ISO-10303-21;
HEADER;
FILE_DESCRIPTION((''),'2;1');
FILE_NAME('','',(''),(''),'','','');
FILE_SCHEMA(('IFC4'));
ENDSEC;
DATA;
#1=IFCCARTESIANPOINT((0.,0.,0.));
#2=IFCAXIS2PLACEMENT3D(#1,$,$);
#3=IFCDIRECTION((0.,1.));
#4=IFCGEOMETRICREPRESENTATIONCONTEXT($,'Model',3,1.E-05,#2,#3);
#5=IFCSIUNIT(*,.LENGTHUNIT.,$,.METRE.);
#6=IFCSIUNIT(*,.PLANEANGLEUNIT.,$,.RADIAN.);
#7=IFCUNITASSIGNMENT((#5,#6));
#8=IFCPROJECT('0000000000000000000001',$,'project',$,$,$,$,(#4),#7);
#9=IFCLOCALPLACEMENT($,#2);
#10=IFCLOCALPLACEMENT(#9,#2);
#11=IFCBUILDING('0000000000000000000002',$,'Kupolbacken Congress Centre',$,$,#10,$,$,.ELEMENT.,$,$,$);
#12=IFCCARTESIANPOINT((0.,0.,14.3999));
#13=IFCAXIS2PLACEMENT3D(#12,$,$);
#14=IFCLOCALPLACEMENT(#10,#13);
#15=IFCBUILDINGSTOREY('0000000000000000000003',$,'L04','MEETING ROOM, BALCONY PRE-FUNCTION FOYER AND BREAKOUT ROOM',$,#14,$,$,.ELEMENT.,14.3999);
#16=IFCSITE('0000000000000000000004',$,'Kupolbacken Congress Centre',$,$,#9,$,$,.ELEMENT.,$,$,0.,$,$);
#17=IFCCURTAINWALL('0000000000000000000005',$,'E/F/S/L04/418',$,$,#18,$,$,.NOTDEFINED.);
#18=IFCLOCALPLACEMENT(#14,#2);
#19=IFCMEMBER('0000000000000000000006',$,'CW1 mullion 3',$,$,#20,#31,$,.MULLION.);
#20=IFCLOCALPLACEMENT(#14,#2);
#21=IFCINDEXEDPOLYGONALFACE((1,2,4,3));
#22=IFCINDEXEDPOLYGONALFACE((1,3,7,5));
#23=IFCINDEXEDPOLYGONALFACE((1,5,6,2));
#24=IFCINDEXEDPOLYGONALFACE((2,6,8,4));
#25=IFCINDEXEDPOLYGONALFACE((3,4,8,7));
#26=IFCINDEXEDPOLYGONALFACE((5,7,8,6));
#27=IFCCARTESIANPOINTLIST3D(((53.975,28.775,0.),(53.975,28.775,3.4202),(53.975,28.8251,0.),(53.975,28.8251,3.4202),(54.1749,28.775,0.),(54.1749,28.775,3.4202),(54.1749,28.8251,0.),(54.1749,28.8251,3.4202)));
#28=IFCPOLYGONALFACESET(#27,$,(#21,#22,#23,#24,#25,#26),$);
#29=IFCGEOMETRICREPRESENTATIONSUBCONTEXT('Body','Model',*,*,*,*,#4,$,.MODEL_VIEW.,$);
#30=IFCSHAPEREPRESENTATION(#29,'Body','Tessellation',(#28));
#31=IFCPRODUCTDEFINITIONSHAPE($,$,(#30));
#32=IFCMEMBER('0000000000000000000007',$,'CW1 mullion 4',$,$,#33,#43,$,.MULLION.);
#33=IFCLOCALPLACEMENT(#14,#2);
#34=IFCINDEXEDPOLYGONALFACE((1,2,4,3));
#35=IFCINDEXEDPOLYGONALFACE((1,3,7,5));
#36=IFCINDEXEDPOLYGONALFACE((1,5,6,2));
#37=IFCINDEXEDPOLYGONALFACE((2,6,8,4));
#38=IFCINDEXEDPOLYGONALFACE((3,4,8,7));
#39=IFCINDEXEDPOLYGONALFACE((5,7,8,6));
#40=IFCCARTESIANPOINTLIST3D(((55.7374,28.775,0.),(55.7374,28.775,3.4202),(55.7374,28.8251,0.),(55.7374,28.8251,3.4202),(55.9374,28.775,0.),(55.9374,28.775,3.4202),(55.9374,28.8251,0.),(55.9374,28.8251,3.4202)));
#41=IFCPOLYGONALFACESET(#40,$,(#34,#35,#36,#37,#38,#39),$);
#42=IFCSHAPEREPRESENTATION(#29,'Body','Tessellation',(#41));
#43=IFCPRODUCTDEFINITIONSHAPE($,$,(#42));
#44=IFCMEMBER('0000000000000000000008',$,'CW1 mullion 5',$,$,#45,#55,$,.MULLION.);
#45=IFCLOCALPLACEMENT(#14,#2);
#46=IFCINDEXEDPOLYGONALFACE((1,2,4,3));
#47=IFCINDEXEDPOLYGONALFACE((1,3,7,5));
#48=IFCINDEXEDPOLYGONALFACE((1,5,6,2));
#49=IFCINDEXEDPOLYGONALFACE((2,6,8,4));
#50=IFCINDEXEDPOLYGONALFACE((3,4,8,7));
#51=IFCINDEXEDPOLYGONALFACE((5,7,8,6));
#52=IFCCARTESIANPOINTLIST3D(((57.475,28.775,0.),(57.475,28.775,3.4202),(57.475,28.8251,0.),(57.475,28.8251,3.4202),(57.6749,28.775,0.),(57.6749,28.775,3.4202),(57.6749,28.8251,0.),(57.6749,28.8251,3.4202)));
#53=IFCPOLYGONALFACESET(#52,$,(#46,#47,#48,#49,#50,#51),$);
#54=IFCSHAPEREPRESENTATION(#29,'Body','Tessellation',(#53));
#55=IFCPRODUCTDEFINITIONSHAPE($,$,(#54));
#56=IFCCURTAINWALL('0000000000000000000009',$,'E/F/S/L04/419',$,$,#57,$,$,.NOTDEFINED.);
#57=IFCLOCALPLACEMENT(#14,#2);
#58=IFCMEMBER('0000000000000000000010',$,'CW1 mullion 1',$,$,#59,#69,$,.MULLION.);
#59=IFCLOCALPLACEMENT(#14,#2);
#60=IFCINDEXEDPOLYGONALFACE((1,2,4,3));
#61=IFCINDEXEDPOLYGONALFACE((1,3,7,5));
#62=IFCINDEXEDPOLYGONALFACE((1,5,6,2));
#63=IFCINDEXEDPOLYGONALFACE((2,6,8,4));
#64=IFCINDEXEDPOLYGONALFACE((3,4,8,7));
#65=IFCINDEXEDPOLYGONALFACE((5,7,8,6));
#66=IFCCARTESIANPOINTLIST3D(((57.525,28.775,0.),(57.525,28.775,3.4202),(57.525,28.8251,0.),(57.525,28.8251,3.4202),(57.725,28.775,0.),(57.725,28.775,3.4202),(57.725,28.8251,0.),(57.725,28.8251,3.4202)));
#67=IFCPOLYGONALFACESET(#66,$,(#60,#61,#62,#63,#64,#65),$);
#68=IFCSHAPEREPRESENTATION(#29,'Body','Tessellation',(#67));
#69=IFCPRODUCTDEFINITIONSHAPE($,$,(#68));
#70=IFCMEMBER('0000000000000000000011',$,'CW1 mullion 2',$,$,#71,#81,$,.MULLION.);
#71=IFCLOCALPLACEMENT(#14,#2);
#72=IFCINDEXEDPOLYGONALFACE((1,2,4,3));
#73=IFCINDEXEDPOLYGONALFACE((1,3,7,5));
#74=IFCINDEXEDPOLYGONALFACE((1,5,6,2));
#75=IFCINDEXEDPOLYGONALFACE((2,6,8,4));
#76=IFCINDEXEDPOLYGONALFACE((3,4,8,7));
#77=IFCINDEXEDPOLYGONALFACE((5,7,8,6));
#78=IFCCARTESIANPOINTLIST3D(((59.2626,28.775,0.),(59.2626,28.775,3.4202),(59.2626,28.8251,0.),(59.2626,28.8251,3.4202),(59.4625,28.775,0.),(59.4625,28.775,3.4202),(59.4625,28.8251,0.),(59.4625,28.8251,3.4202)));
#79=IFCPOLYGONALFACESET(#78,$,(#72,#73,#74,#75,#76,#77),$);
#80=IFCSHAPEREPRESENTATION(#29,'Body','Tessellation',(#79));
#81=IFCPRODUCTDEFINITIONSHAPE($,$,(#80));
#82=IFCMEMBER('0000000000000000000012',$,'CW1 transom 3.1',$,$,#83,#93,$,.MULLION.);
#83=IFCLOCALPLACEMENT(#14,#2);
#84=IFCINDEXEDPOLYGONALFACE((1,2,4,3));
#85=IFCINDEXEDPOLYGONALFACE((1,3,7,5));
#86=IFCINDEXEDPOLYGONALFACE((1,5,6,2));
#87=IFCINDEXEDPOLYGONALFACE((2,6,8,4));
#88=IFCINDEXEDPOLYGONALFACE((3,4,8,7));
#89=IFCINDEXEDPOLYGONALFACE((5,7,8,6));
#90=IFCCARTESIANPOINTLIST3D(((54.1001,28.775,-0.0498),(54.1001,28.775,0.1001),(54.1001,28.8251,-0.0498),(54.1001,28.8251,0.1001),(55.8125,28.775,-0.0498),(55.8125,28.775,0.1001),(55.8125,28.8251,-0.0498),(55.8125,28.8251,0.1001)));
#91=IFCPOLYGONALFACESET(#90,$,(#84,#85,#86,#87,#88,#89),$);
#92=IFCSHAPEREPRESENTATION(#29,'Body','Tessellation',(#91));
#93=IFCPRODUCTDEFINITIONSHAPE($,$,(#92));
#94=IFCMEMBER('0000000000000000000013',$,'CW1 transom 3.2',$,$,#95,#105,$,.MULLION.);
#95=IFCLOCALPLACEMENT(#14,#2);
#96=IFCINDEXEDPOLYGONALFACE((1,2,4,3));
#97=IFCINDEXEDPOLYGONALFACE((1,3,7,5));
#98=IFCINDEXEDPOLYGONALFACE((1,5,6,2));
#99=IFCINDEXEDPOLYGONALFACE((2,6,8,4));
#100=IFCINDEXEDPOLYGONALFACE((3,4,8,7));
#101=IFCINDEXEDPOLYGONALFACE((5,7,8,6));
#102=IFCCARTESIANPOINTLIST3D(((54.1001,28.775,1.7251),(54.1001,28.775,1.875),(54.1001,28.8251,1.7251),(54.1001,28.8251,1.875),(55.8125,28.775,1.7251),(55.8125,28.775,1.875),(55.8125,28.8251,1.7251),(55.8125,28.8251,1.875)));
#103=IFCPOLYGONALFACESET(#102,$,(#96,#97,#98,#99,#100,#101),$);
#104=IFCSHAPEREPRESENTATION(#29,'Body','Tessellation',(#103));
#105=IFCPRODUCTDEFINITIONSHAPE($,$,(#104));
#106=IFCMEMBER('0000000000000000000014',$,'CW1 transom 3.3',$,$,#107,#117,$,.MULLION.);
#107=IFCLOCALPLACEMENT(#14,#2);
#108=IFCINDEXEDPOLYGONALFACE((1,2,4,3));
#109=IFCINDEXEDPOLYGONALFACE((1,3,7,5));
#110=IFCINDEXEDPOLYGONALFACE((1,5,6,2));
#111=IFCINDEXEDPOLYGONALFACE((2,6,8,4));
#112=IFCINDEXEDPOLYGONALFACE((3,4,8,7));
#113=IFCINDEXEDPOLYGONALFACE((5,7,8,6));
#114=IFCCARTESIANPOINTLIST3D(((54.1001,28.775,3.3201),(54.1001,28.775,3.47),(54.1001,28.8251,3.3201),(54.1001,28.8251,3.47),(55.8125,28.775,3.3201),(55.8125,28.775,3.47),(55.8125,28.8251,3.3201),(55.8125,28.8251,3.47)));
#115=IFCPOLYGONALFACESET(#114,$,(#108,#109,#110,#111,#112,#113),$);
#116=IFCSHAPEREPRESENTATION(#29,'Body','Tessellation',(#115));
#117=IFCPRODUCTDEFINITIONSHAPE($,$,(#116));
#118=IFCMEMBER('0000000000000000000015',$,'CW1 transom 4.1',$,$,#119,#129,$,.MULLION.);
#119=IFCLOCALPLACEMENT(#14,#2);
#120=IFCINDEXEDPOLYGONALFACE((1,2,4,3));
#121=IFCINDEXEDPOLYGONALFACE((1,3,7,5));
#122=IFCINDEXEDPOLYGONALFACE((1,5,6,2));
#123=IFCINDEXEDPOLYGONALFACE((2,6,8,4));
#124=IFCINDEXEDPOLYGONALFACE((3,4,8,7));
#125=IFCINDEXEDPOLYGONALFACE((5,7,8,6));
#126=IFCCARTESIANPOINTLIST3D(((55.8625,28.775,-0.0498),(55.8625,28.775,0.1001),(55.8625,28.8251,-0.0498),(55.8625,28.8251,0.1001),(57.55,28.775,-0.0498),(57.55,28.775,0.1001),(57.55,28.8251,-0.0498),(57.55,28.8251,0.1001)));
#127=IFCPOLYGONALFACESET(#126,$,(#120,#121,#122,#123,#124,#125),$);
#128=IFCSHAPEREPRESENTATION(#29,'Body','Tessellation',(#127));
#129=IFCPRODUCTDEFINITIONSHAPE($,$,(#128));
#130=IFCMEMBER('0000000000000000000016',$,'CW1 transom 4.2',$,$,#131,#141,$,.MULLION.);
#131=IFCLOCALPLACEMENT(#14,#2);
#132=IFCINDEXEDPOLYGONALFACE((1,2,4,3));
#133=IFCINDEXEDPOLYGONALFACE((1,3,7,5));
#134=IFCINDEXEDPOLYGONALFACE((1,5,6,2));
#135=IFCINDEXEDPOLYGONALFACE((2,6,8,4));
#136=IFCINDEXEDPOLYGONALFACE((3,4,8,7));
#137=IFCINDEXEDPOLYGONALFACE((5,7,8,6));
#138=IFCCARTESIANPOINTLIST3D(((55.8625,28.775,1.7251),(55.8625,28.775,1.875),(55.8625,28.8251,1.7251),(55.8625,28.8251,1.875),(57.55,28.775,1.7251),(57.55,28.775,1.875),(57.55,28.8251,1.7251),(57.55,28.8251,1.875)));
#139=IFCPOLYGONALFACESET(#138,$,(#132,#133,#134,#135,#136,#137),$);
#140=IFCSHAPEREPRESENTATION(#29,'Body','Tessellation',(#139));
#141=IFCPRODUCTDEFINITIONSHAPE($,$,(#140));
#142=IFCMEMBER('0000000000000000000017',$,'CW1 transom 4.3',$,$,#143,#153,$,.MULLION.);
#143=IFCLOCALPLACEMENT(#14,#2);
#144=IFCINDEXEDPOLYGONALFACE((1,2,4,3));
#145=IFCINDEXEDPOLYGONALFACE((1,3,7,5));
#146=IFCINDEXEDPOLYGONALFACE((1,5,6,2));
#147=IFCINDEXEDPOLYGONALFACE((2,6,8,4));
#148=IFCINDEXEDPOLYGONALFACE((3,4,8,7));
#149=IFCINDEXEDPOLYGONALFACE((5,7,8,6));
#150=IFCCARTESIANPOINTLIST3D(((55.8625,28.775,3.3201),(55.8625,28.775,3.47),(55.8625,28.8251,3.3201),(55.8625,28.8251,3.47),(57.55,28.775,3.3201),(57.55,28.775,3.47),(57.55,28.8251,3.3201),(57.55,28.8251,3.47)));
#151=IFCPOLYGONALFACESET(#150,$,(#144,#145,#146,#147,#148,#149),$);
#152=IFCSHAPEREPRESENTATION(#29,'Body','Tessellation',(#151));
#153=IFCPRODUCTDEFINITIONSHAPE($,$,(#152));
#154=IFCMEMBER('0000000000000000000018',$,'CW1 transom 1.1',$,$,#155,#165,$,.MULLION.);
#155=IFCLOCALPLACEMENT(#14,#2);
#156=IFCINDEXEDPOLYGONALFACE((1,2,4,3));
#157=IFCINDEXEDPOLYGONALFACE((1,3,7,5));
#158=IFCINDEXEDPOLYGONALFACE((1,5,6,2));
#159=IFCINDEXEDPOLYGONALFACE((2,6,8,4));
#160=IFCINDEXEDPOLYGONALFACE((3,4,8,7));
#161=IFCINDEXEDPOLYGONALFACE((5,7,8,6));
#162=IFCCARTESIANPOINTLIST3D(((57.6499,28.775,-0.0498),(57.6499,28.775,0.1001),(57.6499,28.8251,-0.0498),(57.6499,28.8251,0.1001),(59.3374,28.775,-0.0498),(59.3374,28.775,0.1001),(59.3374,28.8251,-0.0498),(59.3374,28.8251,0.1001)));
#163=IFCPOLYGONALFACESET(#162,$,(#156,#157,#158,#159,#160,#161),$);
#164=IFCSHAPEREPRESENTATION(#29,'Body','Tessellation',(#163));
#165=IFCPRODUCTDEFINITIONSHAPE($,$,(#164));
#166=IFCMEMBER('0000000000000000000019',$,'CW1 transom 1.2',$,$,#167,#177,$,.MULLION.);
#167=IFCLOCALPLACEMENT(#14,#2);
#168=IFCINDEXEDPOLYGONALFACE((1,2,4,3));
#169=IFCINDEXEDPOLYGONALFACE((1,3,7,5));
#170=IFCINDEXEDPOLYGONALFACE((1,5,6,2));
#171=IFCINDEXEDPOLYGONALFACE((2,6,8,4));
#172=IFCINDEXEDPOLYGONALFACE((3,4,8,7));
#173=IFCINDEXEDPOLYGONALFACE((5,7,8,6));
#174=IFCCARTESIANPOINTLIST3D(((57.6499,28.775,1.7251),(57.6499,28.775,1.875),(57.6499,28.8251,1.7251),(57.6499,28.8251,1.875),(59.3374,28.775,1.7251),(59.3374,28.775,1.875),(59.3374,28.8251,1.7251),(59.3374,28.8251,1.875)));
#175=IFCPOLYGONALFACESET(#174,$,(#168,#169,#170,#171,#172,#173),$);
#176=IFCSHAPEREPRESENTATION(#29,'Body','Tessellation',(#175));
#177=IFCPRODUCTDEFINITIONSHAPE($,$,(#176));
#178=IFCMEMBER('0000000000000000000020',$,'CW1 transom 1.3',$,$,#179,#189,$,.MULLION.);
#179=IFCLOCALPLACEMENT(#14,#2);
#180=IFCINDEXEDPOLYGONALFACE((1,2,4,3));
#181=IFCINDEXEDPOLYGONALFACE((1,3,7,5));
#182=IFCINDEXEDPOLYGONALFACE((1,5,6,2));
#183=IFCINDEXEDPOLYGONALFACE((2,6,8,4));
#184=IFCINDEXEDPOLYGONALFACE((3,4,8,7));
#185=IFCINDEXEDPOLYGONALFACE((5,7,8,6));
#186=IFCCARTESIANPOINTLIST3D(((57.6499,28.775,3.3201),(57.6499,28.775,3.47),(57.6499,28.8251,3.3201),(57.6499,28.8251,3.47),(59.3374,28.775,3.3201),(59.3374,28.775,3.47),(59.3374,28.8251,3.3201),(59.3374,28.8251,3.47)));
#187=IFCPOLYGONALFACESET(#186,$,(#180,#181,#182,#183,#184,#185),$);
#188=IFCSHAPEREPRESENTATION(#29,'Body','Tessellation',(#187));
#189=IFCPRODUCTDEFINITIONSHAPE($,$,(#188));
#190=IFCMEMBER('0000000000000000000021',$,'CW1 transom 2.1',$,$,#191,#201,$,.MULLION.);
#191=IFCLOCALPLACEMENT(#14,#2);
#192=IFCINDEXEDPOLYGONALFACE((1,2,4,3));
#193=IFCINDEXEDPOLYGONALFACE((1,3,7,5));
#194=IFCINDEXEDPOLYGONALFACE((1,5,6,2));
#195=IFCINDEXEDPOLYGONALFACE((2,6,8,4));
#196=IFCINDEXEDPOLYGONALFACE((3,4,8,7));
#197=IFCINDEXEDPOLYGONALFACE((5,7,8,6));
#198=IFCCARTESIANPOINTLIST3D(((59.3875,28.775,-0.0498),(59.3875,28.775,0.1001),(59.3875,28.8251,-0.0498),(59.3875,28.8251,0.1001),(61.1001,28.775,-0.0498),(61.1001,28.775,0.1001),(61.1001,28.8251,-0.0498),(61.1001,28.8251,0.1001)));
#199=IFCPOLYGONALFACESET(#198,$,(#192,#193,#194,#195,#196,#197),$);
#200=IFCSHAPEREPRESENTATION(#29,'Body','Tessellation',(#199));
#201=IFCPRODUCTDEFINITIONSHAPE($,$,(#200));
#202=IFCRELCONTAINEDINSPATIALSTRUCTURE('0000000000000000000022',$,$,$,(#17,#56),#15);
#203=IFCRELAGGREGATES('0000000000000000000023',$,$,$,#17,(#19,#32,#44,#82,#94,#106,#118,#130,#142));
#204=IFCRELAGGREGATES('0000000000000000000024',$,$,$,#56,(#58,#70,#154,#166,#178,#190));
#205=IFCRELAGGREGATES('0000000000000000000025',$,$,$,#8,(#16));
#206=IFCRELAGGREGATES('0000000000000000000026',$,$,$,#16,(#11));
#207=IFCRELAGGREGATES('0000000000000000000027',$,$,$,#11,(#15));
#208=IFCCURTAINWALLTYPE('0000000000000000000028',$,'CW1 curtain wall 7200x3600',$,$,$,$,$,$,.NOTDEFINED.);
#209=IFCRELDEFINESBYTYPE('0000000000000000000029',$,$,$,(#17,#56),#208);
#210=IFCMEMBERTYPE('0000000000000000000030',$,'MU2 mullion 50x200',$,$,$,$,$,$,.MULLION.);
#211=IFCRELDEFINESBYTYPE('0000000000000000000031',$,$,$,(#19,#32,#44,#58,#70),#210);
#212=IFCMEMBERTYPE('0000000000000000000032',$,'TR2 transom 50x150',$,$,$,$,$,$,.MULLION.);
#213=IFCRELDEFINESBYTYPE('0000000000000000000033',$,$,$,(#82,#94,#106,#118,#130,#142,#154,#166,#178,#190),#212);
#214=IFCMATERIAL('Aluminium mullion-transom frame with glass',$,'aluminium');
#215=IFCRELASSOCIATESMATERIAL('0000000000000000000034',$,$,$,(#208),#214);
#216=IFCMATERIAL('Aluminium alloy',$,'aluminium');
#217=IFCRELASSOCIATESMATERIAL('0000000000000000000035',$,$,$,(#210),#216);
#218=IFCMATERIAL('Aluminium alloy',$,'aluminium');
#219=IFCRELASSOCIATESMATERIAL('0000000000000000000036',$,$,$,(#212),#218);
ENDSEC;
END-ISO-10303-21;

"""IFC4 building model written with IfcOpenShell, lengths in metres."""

from ifc_helpers import new_model, si_unit, direction, frame, origin, origin_2d, place, context, subcontext, project, spatial, rectangle, extrude, material, material_profile, profile_set, type_object, element, aggregate, save


model = new_model("IFC4")

# Units and contexts
model_context = context("Model", 3, precision=1e-05, world=origin(), true_north=direction((0.0, 1.0)))
body_context = subcontext(model_context, "Body", "Model", "MODEL_VIEW")
ifc_project = project(units=[si_unit("LENGTHUNIT", "METRE"), si_unit("PLANEANGLEUNIT", "RADIAN")], contexts=[model_context])

# Site, building, storey
site_placement = place(None, origin())
site = spatial("IfcSite", under=ifc_project, at=site_placement, Name="Kupolbacken Congress Centre", CompositionType="ELEMENT", RefElevation=0.0)
building_placement = place(site_placement, origin())
building = spatial("IfcBuilding", under=site, at=building_placement, Name="Kupolbacken Congress Centre", CompositionType="ELEMENT")
storey_placement = place(building_placement, frame((0.0, 0.0, 14.3999)))
storey = spatial("IfcBuildingStorey", under=building, at=storey_placement, Name="L04", Description="MEETING ROOM, BALCONY PRE-FUNCTION FOYER AND BREAKOUT ROOM", CompositionType="ELEMENT", Elevation=14.3999)

# Curtain walls, members
ifc_material_1 = material(Name="Aluminium mullion-transom frame with glass", Category="aluminium")
curtain_wall_type = type_object("IfcCurtainWallType", Name="CW1 curtain wall 7200x3600", PredefinedType="NOTDEFINED", material=ifc_material_1)
curtain_wall_1_placement = place(storey_placement, origin())
curtain_wall_1 = element("IfcCurtainWall", 1, at=curtain_wall_1_placement, inside=storey, type_object=curtain_wall_type, Name="E/F/S/L04/418", PredefinedType="NOTDEFINED")
ifc_material_2 = material(Name="Aluminium alloy", Category="aluminium")
ifc_material_profile_1 = material_profile(ifc_material_2, rectangle(XDim=0.05, YDim=0.2, at=origin_2d()), Name="50 x 200")
ifc_profile_set_1 = profile_set([ifc_material_profile_1], Name="Aluminium alloy")
member_type_1 = type_object("IfcMemberType", Name="MU2 mullion 50x200", PredefinedType="MULLION", material=ifc_profile_set_1)
member_1_placement = place(storey_placement, frame((54.075, 28.8, 0.0), z_axis=(0.0, 0.0, 1.0), x_axis=(0.0, 1.0, 0.0)))
member_1 = element("IfcMember", 2, at=member_1_placement, type_object=member_type_1, Name="CW1 mullion 3", PredefinedType="MULLION", context=body_context, shape_type="SweptSolid", body=[
    extrude(rectangle(XDim=0.05, YDim=0.2, at=origin_2d()), origin(), (0.0, 0.0, 1.0), 3.4202),
])
member_2_placement = place(storey_placement, frame((55.8374, 28.8, 0.0), z_axis=(0.0, 0.0, 1.0), x_axis=(0.0, 1.0, 0.0)))
member_2 = element("IfcMember", 3, at=member_2_placement, type_object=member_type_1, Name="CW1 mullion 4", PredefinedType="MULLION", context=body_context, shape_type="SweptSolid", body=[
    extrude(rectangle(XDim=0.05, YDim=0.2, at=origin_2d()), origin(), (0.0, 0.0, 1.0), 3.4202),
])
member_3_placement = place(storey_placement, frame((57.575, 28.8, 0.0), z_axis=(0.0, 0.0, 1.0), x_axis=(0.0, 1.0, 0.0)))
member_3 = element("IfcMember", 4, at=member_3_placement, type_object=member_type_1, Name="CW1 mullion 5", PredefinedType="MULLION", context=body_context, shape_type="SweptSolid", body=[
    extrude(rectangle(XDim=0.05, YDim=0.2, at=origin_2d()), origin(), (0.0, 0.0, 1.0), 3.4202),
])
curtain_wall_2_placement = place(storey_placement, origin())
curtain_wall_2 = element("IfcCurtainWall", 5, at=curtain_wall_2_placement, inside=storey, type_object=curtain_wall_type, Name="E/F/S/L04/419", PredefinedType="NOTDEFINED")
member_4_placement = place(storey_placement, frame((57.625, 28.8, 0.0), z_axis=(0.0, 0.0, 1.0), x_axis=(0.0, 1.0, 0.0)))
member_4 = element("IfcMember", 6, at=member_4_placement, type_object=member_type_1, Name="CW1 mullion 1", PredefinedType="MULLION", context=body_context, shape_type="SweptSolid", body=[
    extrude(rectangle(XDim=0.05, YDim=0.2, at=origin_2d()), origin(), (0.0, 0.0, 1.0), 3.4202),
])
member_5_placement = place(storey_placement, frame((59.3625, 28.8, 0.0), z_axis=(0.0, 0.0, 1.0), x_axis=(0.0, 1.0, 0.0)))
member_5 = element("IfcMember", 7, at=member_5_placement, type_object=member_type_1, Name="CW1 mullion 2", PredefinedType="MULLION", context=body_context, shape_type="SweptSolid", body=[
    extrude(rectangle(XDim=0.05, YDim=0.2, at=origin_2d()), origin(), (0.0, 0.0, 1.0), 3.4202),
])

# Members
ifc_material_3 = material(Name="Aluminium alloy", Category="aluminium")
ifc_material_profile_2 = material_profile(ifc_material_3, rectangle(XDim=0.05, YDim=0.1499, at=origin_2d()), Name="50 x 150")
ifc_profile_set_2 = profile_set([ifc_material_profile_2], Name="Aluminium alloy")
member_type_2 = type_object("IfcMemberType", Name="TR2 transom 50x150", PredefinedType="MULLION", material=ifc_profile_set_2)
member_6_placement = place(storey_placement, frame((54.1001, 28.8, 0.0251), z_axis=(1.0, 0.0, 0.0), x_axis=(0.0, 1.0, 0.0)))
member_6 = element("IfcMember", 8, at=member_6_placement, type_object=member_type_2, Name="CW1 transom 3.1", PredefinedType="MULLION", context=body_context, shape_type="SweptSolid", body=[
    extrude(rectangle(XDim=0.05, YDim=0.1499, at=origin_2d()), origin(), (0.0, 0.0, 1.0), 1.7124),
])
member_7_placement = place(storey_placement, frame((54.1001, 28.8, 1.8), z_axis=(1.0, 0.0, 0.0), x_axis=(0.0, 1.0, 0.0)))
member_7 = element("IfcMember", 9, at=member_7_placement, type_object=member_type_2, Name="CW1 transom 3.2", PredefinedType="MULLION", context=body_context, shape_type="SweptSolid", body=[
    extrude(rectangle(XDim=0.05, YDim=0.1499, at=origin_2d()), origin(), (0.0, 0.0, 1.0), 1.7124),
])
member_8_placement = place(storey_placement, frame((54.1001, 28.8, 3.395), z_axis=(1.0, 0.0, 0.0), x_axis=(0.0, 1.0, 0.0)))
member_8 = element("IfcMember", 10, at=member_8_placement, type_object=member_type_2, Name="CW1 transom 3.3", PredefinedType="MULLION", context=body_context, shape_type="SweptSolid", body=[
    extrude(rectangle(XDim=0.05, YDim=0.1499, at=origin_2d()), origin(), (0.0, 0.0, 1.0), 1.7124),
])
member_9_placement = place(storey_placement, frame((55.8625, 28.8, 0.0251), z_axis=(1.0, 0.0, 0.0), x_axis=(0.0, 1.0, 0.0)))
member_9 = element("IfcMember", 11, at=member_9_placement, type_object=member_type_2, Name="CW1 transom 4.1", PredefinedType="MULLION", context=body_context, shape_type="SweptSolid", body=[
    extrude(rectangle(XDim=0.05, YDim=0.1499, at=origin_2d()), origin(), (0.0, 0.0, 1.0), 1.6875),
])
member_10_placement = place(storey_placement, frame((55.8625, 28.8, 1.8), z_axis=(1.0, 0.0, 0.0), x_axis=(0.0, 1.0, 0.0)))
member_10 = element("IfcMember", 12, at=member_10_placement, type_object=member_type_2, Name="CW1 transom 4.2", PredefinedType="MULLION", context=body_context, shape_type="SweptSolid", body=[
    extrude(rectangle(XDim=0.05, YDim=0.1499, at=origin_2d()), origin(), (0.0, 0.0, 1.0), 1.6875),
])
member_11_placement = place(storey_placement, frame((55.8625, 28.8, 3.395), z_axis=(1.0, 0.0, 0.0), x_axis=(0.0, 1.0, 0.0)))
member_11 = element("IfcMember", 13, at=member_11_placement, type_object=member_type_2, Name="CW1 transom 4.3", PredefinedType="MULLION", context=body_context, shape_type="SweptSolid", body=[
    extrude(rectangle(XDim=0.05, YDim=0.1499, at=origin_2d()), origin(), (0.0, 0.0, 1.0), 1.6875),
])
member_12_placement = place(storey_placement, frame((57.6499, 28.8, 0.0251), z_axis=(1.0, 0.0, 0.0), x_axis=(0.0, 1.0, 0.0)))
member_12 = element("IfcMember", 14, at=member_12_placement, type_object=member_type_2, Name="CW1 transom 1.1", PredefinedType="MULLION", context=body_context, shape_type="SweptSolid", body=[
    extrude(rectangle(XDim=0.05, YDim=0.1499, at=origin_2d()), origin(), (0.0, 0.0, 1.0), 1.6875),
])
member_13_placement = place(storey_placement, frame((57.6499, 28.8, 1.8), z_axis=(1.0, 0.0, 0.0), x_axis=(0.0, 1.0, 0.0)))
member_13 = element("IfcMember", 15, at=member_13_placement, type_object=member_type_2, Name="CW1 transom 1.2", PredefinedType="MULLION", context=body_context, shape_type="SweptSolid", body=[
    extrude(rectangle(XDim=0.05, YDim=0.1499, at=origin_2d()), origin(), (0.0, 0.0, 1.0), 1.6875),
])
member_14_placement = place(storey_placement, frame((57.6499, 28.8, 3.395), z_axis=(1.0, 0.0, 0.0), x_axis=(0.0, 1.0, 0.0)))
member_14 = element("IfcMember", 16, at=member_14_placement, type_object=member_type_2, Name="CW1 transom 1.3", PredefinedType="MULLION", context=body_context, shape_type="SweptSolid", body=[
    extrude(rectangle(XDim=0.05, YDim=0.1499, at=origin_2d()), origin(), (0.0, 0.0, 1.0), 1.6875),
])
member_15_placement = place(storey_placement, frame((59.3875, 28.8, 0.0251), z_axis=(1.0, 0.0, 0.0), x_axis=(0.0, 1.0, 0.0)))
member_15 = element("IfcMember", 17, at=member_15_placement, type_object=member_type_2, Name="CW1 transom 2.1", PredefinedType="MULLION", context=body_context, shape_type="SweptSolid", body=[
    extrude(rectangle(XDim=0.05, YDim=0.1499, at=origin_2d()), origin(), (0.0, 0.0, 1.0), 1.7126),
])

aggregate(curtain_wall_1, [member_1, member_2, member_3, member_6, member_7, member_8, member_9, member_10, member_11])
aggregate(curtain_wall_2, [member_4, member_5, member_12, member_13, member_14, member_15])

save(model, "model.ifc")
